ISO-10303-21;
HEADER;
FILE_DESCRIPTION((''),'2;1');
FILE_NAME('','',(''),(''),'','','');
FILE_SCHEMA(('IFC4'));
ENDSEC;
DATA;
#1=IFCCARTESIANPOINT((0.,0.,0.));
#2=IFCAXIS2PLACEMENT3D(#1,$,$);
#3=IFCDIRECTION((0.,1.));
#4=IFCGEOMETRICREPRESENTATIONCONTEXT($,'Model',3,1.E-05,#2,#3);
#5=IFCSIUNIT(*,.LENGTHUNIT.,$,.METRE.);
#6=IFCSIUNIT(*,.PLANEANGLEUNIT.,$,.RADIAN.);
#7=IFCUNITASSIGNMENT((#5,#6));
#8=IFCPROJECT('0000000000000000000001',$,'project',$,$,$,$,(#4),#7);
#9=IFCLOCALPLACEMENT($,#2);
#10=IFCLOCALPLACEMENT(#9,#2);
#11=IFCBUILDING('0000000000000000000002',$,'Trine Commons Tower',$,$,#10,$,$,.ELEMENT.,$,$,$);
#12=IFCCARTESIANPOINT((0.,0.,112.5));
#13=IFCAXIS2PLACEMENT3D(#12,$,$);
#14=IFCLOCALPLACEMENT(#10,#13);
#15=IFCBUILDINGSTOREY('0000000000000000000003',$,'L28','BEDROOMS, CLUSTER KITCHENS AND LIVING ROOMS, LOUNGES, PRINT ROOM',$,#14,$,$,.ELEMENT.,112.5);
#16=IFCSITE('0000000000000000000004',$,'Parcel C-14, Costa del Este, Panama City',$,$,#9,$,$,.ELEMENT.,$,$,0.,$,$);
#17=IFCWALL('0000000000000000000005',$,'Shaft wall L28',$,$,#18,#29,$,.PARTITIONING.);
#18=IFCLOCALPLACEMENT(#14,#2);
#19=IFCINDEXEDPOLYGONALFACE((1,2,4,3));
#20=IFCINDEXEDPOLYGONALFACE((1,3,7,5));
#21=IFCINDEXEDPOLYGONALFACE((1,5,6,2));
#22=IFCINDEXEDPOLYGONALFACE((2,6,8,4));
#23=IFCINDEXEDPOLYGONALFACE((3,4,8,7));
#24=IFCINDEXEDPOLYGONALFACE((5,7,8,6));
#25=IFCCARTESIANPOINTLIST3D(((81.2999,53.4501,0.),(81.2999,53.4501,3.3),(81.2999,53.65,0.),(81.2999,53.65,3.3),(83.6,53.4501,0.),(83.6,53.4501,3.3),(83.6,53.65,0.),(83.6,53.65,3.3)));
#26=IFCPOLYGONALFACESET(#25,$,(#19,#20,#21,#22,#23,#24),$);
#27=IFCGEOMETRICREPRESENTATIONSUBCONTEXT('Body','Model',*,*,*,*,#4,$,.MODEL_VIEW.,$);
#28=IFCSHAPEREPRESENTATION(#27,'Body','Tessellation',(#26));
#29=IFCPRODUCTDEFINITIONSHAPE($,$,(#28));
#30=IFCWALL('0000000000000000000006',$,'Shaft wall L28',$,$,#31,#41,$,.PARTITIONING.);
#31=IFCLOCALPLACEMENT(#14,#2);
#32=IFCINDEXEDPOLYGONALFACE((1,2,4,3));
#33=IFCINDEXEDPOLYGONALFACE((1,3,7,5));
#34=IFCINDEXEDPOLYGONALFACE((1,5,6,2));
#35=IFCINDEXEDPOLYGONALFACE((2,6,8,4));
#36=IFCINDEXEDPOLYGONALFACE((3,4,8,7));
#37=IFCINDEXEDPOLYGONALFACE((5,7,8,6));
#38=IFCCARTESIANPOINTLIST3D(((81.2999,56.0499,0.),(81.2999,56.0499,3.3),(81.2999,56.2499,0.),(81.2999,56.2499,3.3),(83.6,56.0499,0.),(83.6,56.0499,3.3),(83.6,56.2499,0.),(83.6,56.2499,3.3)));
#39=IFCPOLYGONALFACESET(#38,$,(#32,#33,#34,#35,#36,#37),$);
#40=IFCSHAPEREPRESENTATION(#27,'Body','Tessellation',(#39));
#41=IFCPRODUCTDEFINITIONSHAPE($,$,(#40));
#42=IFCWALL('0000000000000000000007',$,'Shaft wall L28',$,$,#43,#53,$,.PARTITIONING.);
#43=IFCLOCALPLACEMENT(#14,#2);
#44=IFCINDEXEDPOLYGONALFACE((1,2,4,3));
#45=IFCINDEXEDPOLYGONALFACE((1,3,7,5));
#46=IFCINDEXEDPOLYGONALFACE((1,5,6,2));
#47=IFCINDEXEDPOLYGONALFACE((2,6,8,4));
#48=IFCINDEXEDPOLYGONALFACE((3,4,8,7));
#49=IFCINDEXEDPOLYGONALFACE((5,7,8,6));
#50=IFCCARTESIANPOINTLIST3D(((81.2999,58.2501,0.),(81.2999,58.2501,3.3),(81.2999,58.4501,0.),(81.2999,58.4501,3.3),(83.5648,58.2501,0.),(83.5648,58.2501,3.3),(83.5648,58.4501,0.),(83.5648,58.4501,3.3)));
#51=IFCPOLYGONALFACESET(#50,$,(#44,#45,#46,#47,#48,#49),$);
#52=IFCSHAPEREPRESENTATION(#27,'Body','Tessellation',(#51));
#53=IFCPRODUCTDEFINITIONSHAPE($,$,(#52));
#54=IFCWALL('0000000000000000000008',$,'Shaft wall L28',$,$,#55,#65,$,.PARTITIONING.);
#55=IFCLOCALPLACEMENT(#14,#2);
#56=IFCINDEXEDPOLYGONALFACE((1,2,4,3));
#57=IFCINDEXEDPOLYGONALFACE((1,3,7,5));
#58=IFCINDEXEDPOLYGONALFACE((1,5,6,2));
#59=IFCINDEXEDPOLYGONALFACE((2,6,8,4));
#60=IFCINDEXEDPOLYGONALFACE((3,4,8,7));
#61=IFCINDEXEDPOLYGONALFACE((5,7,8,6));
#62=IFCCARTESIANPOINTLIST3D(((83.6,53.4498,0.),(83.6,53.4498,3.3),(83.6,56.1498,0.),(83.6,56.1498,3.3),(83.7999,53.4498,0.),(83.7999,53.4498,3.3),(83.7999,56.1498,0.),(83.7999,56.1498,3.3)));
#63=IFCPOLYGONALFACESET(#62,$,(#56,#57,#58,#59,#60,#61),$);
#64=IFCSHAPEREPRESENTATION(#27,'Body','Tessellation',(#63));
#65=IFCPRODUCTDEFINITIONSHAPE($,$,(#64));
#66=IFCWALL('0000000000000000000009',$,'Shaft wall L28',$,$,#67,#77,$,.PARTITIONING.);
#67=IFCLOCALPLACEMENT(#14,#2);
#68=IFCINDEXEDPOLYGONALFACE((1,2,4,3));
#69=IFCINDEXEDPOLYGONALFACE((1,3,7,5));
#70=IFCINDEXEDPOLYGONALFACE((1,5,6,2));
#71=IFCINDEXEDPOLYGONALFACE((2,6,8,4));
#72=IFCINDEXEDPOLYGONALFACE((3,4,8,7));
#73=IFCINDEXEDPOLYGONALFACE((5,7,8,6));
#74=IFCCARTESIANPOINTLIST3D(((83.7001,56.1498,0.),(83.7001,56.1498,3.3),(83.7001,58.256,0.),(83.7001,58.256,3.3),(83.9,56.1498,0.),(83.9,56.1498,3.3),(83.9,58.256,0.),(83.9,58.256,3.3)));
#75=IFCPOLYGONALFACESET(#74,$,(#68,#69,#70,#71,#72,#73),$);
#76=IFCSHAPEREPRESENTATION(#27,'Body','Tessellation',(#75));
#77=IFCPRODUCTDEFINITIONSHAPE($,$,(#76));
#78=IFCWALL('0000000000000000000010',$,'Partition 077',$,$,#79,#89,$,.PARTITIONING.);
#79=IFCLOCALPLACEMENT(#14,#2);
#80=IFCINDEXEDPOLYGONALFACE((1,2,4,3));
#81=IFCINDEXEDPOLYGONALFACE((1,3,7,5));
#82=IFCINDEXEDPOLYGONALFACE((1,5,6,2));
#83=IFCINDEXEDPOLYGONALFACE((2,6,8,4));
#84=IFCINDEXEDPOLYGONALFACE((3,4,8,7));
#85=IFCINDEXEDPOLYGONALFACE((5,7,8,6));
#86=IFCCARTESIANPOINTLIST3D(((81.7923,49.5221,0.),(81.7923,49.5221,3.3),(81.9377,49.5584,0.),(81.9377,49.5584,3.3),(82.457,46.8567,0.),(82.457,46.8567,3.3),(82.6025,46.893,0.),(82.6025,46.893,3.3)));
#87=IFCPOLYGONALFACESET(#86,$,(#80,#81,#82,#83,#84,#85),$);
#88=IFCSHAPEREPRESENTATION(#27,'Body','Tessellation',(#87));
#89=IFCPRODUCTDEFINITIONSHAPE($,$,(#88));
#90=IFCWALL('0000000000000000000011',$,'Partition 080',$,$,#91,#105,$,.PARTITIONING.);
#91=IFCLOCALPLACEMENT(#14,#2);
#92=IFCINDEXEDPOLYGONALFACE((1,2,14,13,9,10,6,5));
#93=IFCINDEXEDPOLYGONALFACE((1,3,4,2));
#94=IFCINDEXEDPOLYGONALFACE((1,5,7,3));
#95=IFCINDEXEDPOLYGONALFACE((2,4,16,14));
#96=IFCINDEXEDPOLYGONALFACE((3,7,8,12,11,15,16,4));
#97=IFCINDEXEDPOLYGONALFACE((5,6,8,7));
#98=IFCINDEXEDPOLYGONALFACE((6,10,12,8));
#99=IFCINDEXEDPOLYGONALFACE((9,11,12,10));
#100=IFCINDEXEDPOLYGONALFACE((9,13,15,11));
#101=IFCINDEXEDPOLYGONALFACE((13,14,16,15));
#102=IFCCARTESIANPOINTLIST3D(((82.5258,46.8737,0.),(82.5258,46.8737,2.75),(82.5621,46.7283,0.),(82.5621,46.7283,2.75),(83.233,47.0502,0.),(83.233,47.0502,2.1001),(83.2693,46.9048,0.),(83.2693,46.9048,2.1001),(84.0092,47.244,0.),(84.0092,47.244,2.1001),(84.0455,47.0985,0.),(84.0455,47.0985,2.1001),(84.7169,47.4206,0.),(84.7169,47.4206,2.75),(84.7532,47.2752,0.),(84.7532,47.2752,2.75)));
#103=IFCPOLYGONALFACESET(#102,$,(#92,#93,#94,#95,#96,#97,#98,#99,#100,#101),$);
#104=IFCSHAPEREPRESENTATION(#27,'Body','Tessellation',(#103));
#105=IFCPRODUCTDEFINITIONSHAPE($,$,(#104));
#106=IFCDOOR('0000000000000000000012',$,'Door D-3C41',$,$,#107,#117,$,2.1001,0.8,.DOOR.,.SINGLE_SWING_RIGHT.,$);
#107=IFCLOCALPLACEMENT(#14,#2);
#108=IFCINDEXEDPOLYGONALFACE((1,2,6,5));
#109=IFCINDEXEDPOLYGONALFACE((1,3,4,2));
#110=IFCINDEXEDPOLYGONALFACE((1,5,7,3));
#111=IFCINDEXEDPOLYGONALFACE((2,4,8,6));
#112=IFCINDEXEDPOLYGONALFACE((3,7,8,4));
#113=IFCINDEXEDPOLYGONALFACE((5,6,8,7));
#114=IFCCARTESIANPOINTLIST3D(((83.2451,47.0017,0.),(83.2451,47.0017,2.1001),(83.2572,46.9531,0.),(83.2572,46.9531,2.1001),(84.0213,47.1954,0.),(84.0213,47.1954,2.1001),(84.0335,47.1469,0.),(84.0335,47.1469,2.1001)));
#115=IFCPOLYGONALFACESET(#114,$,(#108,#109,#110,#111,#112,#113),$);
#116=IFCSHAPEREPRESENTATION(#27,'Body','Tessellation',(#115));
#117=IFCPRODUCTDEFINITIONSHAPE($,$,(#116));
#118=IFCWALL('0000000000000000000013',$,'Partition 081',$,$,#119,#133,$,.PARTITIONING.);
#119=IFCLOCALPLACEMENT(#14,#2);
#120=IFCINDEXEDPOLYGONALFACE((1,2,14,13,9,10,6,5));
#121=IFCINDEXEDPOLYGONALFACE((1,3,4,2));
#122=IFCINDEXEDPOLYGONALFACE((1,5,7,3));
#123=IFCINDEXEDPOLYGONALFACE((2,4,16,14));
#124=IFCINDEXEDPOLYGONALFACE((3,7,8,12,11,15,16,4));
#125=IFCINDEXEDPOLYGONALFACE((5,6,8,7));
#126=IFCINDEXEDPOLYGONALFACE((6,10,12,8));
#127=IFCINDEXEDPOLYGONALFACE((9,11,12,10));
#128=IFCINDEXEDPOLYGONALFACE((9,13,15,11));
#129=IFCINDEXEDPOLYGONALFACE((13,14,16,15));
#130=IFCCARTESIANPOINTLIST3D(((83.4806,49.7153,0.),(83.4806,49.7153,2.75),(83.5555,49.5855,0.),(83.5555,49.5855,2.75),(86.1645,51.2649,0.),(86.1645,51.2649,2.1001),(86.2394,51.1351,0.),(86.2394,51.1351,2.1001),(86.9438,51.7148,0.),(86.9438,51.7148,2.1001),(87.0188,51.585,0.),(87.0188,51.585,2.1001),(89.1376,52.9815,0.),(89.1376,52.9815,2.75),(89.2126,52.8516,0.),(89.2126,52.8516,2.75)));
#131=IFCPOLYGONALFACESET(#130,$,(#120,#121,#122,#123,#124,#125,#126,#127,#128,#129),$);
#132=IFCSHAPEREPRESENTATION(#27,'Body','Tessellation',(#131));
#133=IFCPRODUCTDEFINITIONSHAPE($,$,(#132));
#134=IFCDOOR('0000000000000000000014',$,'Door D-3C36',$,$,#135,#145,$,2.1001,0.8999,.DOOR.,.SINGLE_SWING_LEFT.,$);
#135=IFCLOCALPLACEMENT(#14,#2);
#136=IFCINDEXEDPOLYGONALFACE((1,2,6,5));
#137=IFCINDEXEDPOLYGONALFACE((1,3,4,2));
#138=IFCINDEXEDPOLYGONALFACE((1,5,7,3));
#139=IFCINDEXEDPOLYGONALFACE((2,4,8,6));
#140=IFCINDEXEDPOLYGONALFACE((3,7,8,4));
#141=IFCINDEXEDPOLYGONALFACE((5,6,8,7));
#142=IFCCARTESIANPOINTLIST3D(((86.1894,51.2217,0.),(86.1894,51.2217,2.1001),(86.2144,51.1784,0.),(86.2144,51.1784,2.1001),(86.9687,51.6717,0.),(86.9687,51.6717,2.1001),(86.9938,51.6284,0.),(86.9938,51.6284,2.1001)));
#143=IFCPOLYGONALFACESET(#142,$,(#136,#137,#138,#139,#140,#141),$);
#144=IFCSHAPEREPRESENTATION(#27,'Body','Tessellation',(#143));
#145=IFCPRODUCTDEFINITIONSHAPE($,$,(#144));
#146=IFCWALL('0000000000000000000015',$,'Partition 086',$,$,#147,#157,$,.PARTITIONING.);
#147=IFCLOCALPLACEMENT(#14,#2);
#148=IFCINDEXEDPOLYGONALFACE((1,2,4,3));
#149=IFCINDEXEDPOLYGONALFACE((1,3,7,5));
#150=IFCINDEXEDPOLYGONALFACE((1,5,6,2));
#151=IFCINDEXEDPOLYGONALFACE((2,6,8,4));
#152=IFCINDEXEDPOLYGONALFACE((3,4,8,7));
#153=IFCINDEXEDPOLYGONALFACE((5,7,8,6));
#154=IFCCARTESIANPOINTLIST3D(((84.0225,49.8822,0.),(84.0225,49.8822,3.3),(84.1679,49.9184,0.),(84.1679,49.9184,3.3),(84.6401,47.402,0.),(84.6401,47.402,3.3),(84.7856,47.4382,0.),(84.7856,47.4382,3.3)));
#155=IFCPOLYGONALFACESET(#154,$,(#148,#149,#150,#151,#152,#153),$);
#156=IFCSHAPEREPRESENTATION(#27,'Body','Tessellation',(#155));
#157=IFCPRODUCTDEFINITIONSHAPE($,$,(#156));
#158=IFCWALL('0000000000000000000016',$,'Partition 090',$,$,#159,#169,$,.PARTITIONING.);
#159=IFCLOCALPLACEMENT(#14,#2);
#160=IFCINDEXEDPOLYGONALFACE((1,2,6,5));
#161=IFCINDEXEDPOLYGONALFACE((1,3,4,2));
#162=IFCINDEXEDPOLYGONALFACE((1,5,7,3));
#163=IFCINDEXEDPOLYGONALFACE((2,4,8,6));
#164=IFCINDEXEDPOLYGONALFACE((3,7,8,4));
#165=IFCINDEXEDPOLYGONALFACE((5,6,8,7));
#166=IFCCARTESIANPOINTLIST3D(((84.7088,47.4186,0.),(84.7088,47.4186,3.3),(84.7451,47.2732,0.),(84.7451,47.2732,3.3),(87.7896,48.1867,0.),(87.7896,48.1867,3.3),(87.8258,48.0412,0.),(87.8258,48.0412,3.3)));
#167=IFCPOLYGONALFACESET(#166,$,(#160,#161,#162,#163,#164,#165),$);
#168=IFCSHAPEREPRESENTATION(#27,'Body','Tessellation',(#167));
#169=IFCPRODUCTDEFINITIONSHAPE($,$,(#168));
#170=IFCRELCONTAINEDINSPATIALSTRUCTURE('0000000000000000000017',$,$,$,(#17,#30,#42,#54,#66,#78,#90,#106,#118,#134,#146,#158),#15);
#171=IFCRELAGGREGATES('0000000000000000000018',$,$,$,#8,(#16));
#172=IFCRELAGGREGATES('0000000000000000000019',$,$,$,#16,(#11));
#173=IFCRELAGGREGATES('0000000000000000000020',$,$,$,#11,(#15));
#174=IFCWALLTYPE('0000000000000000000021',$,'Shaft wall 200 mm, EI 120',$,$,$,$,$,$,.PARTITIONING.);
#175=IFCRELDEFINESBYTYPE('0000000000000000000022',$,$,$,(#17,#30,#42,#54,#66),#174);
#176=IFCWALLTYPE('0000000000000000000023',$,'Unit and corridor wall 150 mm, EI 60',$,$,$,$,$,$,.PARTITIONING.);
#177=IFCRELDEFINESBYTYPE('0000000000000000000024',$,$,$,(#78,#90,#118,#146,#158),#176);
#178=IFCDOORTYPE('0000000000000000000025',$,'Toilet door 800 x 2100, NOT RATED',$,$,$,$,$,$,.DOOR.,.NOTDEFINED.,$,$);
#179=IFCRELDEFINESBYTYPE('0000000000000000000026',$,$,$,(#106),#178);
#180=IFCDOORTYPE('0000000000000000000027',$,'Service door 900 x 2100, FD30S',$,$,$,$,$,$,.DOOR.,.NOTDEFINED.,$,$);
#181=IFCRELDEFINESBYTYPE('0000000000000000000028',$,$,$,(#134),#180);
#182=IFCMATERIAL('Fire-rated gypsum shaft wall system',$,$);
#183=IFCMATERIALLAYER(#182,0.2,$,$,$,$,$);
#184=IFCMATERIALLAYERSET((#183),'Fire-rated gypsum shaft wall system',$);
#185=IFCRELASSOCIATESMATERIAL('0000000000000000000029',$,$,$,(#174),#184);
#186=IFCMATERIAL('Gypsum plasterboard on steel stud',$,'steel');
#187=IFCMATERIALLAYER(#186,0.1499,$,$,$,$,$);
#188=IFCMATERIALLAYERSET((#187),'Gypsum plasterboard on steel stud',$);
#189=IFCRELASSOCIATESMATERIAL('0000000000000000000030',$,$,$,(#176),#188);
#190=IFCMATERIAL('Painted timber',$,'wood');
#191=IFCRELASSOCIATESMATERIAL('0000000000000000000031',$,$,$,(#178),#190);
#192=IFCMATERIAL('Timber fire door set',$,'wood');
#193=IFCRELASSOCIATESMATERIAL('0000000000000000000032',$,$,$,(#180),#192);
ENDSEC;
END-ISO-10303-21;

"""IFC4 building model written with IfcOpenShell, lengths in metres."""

from ifc_helpers import new_model, si_unit, direction, frame, frame_2d, origin, place, context, subcontext, project, spatial, rectangle, extrude, material, layer, layer_set, type_object, element, fill, save


model = new_model("IFC4")

# Units and contexts
model_context = context("Model", 3, precision=1e-05, world=origin(), true_north=direction((0.0, 1.0)))
body_context = subcontext(model_context, "Body", "Model", "MODEL_VIEW")
ifc_project = project(units=[si_unit("LENGTHUNIT", "METRE"), si_unit("PLANEANGLEUNIT", "RADIAN")], contexts=[model_context])

# Site, building, storey
site_placement = place(None, origin())
site = spatial("IfcSite", under=ifc_project, at=site_placement, Name="Parcel C-14, Costa del Este, Panama City", CompositionType="ELEMENT", RefElevation=0.0)
building_placement = place(site_placement, origin())
building = spatial("IfcBuilding", under=site, at=building_placement, Name="Trine Commons Tower", CompositionType="ELEMENT")
storey_placement = place(building_placement, frame((0.0, 0.0, 112.5)))
storey = spatial("IfcBuildingStorey", under=building, at=storey_placement, Name="L28", Description="BEDROOMS, CLUSTER KITCHENS AND LIVING ROOMS, LOUNGES, PRINT ROOM", CompositionType="ELEMENT", Elevation=112.5)

# Walls
ifc_material_1 = material(Name="Fire-rated gypsum shaft wall system")
ifc_layer_1 = layer(ifc_material_1, 0.2)
ifc_layer_set_1 = layer_set([ifc_layer_1], Name="Fire-rated gypsum shaft wall system")
wall_type_1 = type_object("IfcWallType", Name="Shaft wall 200 mm, EI 120", PredefinedType="PARTITIONING", material=ifc_layer_set_1)
for number, where, z_axis, x_axis, name in (
    (1, (81.3, 53.55, 0.0), (0.0, 0.0, 1.0), (1.0, 0.0, 0.0), "Shaft wall L28"),
    (2, (81.3, 56.1499, 0.0), (0.0, 0.0, 1.0), (1.0, 0.0, 0.0), "Shaft wall L28"),
):
    element("IfcWall", number, at=place(storey_placement, frame(where, z_axis=z_axis, x_axis=x_axis)), inside=storey, type_object=wall_type_1, Name=name, PredefinedType="PARTITIONING", context=body_context, shape_type="SweptSolid", body=[
        extrude(rectangle(XDim=2.3, YDim=0.2, at=frame_2d((1.1499, 0.0))), origin(), (0.0, 0.0, 1.0), 3.3),
    ])
wall_1_placement = place(storey_placement, frame((81.3, 58.3501, 0.0), z_axis=(0.0, 0.0, 1.0), x_axis=(1.0, 0.0, 0.0)))
element("IfcWall", 3, at=wall_1_placement, inside=storey, type_object=wall_type_1, Name="Shaft wall L28", PredefinedType="PARTITIONING", context=body_context, shape_type="SweptSolid", body=[
    extrude(rectangle(XDim=2.2649, YDim=0.2, at=frame_2d((1.1323, 0.0))), origin(), (0.0, 0.0, 1.0), 3.3),
])
wall_2_placement = place(storey_placement, frame((83.7, 56.1499, 0.0), z_axis=(0.0, 0.0, 1.0), x_axis=(0.0, -1.0, 0.0)))
element("IfcWall", 4, at=wall_2_placement, inside=storey, type_object=wall_type_1, Name="Shaft wall L28", PredefinedType="PARTITIONING", context=body_context, shape_type="SweptSolid", body=[
    extrude(rectangle(XDim=2.7, YDim=0.2, at=frame_2d((1.3501, 0.0))), origin(), (0.0, 0.0, 1.0), 3.3),
])
wall_3_placement = place(storey_placement, frame((83.8, 58.2561, 0.0), z_axis=(0.0, 0.0, 1.0), x_axis=(0.0, -1.0, 0.0)))
element("IfcWall", 5, at=wall_3_placement, inside=storey, type_object=wall_type_1, Name="Shaft wall L28", PredefinedType="PARTITIONING", context=body_context, shape_type="SweptSolid", body=[
    extrude(rectangle(XDim=2.1062, YDim=0.2, at=frame_2d((1.0532, 0.0))), origin(), (0.0, 0.0, 1.0), 3.3),
])
ifc_material_2 = material(Name="Gypsum plasterboard on steel stud", Category="steel")
ifc_layer_2 = layer(ifc_material_2, 0.1499)
ifc_layer_set_2 = layer_set([ifc_layer_2], Name="Gypsum plasterboard on steel stud")
wall_type_2 = type_object("IfcWallType", Name="Unit and corridor wall 150 mm, EI 60", PredefinedType="PARTITIONING", material=ifc_layer_set_2)
wall_4_placement = place(storey_placement, frame((81.865, 49.5403, 0.0), z_axis=(0.0, 0.0, 1.0), x_axis=(0.241992, -0.970278, 0.0)))
element("IfcWall", 6, at=wall_4_placement, inside=storey, type_object=wall_type_2, Name="Partition 077", PredefinedType="PARTITIONING", context=body_context, shape_type="SweptSolid", body=[
    extrude(rectangle(XDim=2.7471, YDim=0.1499, at=frame_2d((1.3735, 0.0))), origin(), (0.0, 0.0, 1.0), 3.3),
])

# Walls, openings, doors
wall_5_placement = place(storey_placement, frame((82.5439, 46.801, 0.0), z_axis=(0.0, 0.0, 1.0), x_axis=(0.970238, 0.242154, 0.0)))
wall_5 = element("IfcWall", 7, at=wall_5_placement, inside=storey, type_object=wall_type_2, Name="Partition 080", PredefinedType="PARTITIONING", context=body_context, shape_type="SweptSolid", body=[
    extrude(rectangle(XDim=2.2583, YDim=0.1499, at=frame_2d((1.1292, 0.0))), origin(), (0.0, 0.0, 1.0), 2.75),
])
opening_1_placement = place(wall_5_placement, frame((0.729, 0.0, 0.0)))
opening_1 = element("IfcOpeningElement", 8, at=opening_1_placement, cuts=wall_5, PredefinedType="OPENING", context=body_context, shape_type="SweptSolid", body=[
    extrude(rectangle(XDim=0.8, YDim=2.1001, at=frame_2d((0.3999, 1.05))), frame((0.0, 0.085, 0.0), z_axis=(0.0, -1.0, 0.0), x_axis=(1.0, 0.0, 0.0)), (0.0, 0.0, 1.0), 0.1699),
])
ifc_material_3 = material(Name="Painted timber", Category="wood")
door_type_1 = type_object("IfcDoorType", Name="Toilet door 800 x 2100, NOT RATED", OperationType="NOTDEFINED", PredefinedType="DOOR", material=ifc_material_3)
door_1_placement = place(opening_1_placement, origin())
door_1 = element("IfcDoor", 9, at=door_1_placement, inside=storey, type_object=door_type_1, Name="Door D-3C41", OperationType="SINGLE_SWING_RIGHT", OverallHeight=2.1001, OverallWidth=0.8, PredefinedType="DOOR", context=body_context, shape_type="SweptSolid", body=[
    extrude(rectangle(XDim=0.8, YDim=2.1001, at=frame_2d((0.3999, 1.05))), frame((0.0, 0.0249, 0.0), z_axis=(0.0, -1.0, 0.0), x_axis=(1.0, 0.0, 0.0)), (0.0, 0.0, 1.0), 0.05),
])
fill(opening_1, door_1)
wall_6_placement = place(storey_placement, frame((83.5181, 49.6504, 0.0), z_axis=(0.0, 0.0, 1.0), x_axis=(0.866022, 0.500006, 0.0)))
wall_6 = element("IfcWall", 10, at=wall_6_placement, inside=storey, type_object=wall_type_2, Name="Partition 081", PredefinedType="PARTITIONING", context=body_context, shape_type="SweptSolid", body=[
    extrude(rectangle(XDim=6.5322, YDim=0.1499, at=frame_2d((3.2661, 0.0))), origin(), (0.0, 0.0, 1.0), 2.75),
])
opening_2_placement = place(wall_6_placement, frame((3.0991, 0.0, 0.0)))
opening_2 = element("IfcOpeningElement", 11, at=opening_2_placement, cuts=wall_6, PredefinedType="OPENING", context=body_context, shape_type="SweptSolid", body=[
    extrude(rectangle(XDim=0.8999, YDim=2.1001, at=frame_2d((0.45, 1.05))), frame((0.0, 0.085, 0.0), z_axis=(0.0, -1.0, 0.0), x_axis=(1.0, 0.0, 0.0)), (0.0, 0.0, 1.0), 0.1699),
])
ifc_material_4 = material(Name="Timber fire door set", Category="wood")
door_type_2 = type_object("IfcDoorType", Name="Service door 900 x 2100, FD30S", OperationType="NOTDEFINED", PredefinedType="DOOR", material=ifc_material_4)
door_2_placement = place(opening_2_placement, frame((0.8999, 0.0, 0.0), z_axis=(0.0, 0.0, 1.0), x_axis=(-1.0, 0.0, 0.0)))
door_2 = element("IfcDoor", 12, at=door_2_placement, inside=storey, type_object=door_type_2, Name="Door D-3C36", OperationType="SINGLE_SWING_LEFT", OverallHeight=2.1001, OverallWidth=0.8999, PredefinedType="DOOR", context=body_context, shape_type="SweptSolid", body=[
    extrude(rectangle(XDim=0.8999, YDim=2.1001, at=frame_2d((0.45, 1.05))), frame((0.0, 0.0249, 0.0), z_axis=(0.0, -1.0, 0.0), x_axis=(1.0, 0.0, 0.0)), (0.0, 0.0, 1.0), 0.05),
])
fill(opening_2, door_2)

# Walls
wall_7_placement = place(storey_placement, frame((84.0952, 49.9001, 0.0), z_axis=(0.0, 0.0, 1.0), x_axis=(0.241659, -0.970361, 0.0)))
element("IfcWall", 13, at=wall_7_placement, inside=storey, type_object=wall_type_2, Name="Partition 086", PredefinedType="PARTITIONING", context=body_context, shape_type="SweptSolid", body=[
    extrude(rectangle(XDim=2.5559, YDim=0.1499, at=frame_2d((1.2778, 0.0))), origin(), (0.0, 0.0, 1.0), 3.3),
])
wall_8_placement = place(storey_placement, frame((84.7271, 47.3459, 0.0), z_axis=(0.0, 0.0, 1.0), x_axis=(0.970301, 0.241902, 0.0)))
element("IfcWall", 14, at=wall_8_placement, inside=storey, type_object=wall_type_2, Name="Partition 090", PredefinedType="PARTITIONING", context=body_context, shape_type="SweptSolid", body=[
    extrude(rectangle(XDim=3.175, YDim=0.1499, at=frame_2d((1.5874, 0.0))), origin(), (0.0, 0.0, 1.0), 3.3),
])

save(model, "model.ifc")
